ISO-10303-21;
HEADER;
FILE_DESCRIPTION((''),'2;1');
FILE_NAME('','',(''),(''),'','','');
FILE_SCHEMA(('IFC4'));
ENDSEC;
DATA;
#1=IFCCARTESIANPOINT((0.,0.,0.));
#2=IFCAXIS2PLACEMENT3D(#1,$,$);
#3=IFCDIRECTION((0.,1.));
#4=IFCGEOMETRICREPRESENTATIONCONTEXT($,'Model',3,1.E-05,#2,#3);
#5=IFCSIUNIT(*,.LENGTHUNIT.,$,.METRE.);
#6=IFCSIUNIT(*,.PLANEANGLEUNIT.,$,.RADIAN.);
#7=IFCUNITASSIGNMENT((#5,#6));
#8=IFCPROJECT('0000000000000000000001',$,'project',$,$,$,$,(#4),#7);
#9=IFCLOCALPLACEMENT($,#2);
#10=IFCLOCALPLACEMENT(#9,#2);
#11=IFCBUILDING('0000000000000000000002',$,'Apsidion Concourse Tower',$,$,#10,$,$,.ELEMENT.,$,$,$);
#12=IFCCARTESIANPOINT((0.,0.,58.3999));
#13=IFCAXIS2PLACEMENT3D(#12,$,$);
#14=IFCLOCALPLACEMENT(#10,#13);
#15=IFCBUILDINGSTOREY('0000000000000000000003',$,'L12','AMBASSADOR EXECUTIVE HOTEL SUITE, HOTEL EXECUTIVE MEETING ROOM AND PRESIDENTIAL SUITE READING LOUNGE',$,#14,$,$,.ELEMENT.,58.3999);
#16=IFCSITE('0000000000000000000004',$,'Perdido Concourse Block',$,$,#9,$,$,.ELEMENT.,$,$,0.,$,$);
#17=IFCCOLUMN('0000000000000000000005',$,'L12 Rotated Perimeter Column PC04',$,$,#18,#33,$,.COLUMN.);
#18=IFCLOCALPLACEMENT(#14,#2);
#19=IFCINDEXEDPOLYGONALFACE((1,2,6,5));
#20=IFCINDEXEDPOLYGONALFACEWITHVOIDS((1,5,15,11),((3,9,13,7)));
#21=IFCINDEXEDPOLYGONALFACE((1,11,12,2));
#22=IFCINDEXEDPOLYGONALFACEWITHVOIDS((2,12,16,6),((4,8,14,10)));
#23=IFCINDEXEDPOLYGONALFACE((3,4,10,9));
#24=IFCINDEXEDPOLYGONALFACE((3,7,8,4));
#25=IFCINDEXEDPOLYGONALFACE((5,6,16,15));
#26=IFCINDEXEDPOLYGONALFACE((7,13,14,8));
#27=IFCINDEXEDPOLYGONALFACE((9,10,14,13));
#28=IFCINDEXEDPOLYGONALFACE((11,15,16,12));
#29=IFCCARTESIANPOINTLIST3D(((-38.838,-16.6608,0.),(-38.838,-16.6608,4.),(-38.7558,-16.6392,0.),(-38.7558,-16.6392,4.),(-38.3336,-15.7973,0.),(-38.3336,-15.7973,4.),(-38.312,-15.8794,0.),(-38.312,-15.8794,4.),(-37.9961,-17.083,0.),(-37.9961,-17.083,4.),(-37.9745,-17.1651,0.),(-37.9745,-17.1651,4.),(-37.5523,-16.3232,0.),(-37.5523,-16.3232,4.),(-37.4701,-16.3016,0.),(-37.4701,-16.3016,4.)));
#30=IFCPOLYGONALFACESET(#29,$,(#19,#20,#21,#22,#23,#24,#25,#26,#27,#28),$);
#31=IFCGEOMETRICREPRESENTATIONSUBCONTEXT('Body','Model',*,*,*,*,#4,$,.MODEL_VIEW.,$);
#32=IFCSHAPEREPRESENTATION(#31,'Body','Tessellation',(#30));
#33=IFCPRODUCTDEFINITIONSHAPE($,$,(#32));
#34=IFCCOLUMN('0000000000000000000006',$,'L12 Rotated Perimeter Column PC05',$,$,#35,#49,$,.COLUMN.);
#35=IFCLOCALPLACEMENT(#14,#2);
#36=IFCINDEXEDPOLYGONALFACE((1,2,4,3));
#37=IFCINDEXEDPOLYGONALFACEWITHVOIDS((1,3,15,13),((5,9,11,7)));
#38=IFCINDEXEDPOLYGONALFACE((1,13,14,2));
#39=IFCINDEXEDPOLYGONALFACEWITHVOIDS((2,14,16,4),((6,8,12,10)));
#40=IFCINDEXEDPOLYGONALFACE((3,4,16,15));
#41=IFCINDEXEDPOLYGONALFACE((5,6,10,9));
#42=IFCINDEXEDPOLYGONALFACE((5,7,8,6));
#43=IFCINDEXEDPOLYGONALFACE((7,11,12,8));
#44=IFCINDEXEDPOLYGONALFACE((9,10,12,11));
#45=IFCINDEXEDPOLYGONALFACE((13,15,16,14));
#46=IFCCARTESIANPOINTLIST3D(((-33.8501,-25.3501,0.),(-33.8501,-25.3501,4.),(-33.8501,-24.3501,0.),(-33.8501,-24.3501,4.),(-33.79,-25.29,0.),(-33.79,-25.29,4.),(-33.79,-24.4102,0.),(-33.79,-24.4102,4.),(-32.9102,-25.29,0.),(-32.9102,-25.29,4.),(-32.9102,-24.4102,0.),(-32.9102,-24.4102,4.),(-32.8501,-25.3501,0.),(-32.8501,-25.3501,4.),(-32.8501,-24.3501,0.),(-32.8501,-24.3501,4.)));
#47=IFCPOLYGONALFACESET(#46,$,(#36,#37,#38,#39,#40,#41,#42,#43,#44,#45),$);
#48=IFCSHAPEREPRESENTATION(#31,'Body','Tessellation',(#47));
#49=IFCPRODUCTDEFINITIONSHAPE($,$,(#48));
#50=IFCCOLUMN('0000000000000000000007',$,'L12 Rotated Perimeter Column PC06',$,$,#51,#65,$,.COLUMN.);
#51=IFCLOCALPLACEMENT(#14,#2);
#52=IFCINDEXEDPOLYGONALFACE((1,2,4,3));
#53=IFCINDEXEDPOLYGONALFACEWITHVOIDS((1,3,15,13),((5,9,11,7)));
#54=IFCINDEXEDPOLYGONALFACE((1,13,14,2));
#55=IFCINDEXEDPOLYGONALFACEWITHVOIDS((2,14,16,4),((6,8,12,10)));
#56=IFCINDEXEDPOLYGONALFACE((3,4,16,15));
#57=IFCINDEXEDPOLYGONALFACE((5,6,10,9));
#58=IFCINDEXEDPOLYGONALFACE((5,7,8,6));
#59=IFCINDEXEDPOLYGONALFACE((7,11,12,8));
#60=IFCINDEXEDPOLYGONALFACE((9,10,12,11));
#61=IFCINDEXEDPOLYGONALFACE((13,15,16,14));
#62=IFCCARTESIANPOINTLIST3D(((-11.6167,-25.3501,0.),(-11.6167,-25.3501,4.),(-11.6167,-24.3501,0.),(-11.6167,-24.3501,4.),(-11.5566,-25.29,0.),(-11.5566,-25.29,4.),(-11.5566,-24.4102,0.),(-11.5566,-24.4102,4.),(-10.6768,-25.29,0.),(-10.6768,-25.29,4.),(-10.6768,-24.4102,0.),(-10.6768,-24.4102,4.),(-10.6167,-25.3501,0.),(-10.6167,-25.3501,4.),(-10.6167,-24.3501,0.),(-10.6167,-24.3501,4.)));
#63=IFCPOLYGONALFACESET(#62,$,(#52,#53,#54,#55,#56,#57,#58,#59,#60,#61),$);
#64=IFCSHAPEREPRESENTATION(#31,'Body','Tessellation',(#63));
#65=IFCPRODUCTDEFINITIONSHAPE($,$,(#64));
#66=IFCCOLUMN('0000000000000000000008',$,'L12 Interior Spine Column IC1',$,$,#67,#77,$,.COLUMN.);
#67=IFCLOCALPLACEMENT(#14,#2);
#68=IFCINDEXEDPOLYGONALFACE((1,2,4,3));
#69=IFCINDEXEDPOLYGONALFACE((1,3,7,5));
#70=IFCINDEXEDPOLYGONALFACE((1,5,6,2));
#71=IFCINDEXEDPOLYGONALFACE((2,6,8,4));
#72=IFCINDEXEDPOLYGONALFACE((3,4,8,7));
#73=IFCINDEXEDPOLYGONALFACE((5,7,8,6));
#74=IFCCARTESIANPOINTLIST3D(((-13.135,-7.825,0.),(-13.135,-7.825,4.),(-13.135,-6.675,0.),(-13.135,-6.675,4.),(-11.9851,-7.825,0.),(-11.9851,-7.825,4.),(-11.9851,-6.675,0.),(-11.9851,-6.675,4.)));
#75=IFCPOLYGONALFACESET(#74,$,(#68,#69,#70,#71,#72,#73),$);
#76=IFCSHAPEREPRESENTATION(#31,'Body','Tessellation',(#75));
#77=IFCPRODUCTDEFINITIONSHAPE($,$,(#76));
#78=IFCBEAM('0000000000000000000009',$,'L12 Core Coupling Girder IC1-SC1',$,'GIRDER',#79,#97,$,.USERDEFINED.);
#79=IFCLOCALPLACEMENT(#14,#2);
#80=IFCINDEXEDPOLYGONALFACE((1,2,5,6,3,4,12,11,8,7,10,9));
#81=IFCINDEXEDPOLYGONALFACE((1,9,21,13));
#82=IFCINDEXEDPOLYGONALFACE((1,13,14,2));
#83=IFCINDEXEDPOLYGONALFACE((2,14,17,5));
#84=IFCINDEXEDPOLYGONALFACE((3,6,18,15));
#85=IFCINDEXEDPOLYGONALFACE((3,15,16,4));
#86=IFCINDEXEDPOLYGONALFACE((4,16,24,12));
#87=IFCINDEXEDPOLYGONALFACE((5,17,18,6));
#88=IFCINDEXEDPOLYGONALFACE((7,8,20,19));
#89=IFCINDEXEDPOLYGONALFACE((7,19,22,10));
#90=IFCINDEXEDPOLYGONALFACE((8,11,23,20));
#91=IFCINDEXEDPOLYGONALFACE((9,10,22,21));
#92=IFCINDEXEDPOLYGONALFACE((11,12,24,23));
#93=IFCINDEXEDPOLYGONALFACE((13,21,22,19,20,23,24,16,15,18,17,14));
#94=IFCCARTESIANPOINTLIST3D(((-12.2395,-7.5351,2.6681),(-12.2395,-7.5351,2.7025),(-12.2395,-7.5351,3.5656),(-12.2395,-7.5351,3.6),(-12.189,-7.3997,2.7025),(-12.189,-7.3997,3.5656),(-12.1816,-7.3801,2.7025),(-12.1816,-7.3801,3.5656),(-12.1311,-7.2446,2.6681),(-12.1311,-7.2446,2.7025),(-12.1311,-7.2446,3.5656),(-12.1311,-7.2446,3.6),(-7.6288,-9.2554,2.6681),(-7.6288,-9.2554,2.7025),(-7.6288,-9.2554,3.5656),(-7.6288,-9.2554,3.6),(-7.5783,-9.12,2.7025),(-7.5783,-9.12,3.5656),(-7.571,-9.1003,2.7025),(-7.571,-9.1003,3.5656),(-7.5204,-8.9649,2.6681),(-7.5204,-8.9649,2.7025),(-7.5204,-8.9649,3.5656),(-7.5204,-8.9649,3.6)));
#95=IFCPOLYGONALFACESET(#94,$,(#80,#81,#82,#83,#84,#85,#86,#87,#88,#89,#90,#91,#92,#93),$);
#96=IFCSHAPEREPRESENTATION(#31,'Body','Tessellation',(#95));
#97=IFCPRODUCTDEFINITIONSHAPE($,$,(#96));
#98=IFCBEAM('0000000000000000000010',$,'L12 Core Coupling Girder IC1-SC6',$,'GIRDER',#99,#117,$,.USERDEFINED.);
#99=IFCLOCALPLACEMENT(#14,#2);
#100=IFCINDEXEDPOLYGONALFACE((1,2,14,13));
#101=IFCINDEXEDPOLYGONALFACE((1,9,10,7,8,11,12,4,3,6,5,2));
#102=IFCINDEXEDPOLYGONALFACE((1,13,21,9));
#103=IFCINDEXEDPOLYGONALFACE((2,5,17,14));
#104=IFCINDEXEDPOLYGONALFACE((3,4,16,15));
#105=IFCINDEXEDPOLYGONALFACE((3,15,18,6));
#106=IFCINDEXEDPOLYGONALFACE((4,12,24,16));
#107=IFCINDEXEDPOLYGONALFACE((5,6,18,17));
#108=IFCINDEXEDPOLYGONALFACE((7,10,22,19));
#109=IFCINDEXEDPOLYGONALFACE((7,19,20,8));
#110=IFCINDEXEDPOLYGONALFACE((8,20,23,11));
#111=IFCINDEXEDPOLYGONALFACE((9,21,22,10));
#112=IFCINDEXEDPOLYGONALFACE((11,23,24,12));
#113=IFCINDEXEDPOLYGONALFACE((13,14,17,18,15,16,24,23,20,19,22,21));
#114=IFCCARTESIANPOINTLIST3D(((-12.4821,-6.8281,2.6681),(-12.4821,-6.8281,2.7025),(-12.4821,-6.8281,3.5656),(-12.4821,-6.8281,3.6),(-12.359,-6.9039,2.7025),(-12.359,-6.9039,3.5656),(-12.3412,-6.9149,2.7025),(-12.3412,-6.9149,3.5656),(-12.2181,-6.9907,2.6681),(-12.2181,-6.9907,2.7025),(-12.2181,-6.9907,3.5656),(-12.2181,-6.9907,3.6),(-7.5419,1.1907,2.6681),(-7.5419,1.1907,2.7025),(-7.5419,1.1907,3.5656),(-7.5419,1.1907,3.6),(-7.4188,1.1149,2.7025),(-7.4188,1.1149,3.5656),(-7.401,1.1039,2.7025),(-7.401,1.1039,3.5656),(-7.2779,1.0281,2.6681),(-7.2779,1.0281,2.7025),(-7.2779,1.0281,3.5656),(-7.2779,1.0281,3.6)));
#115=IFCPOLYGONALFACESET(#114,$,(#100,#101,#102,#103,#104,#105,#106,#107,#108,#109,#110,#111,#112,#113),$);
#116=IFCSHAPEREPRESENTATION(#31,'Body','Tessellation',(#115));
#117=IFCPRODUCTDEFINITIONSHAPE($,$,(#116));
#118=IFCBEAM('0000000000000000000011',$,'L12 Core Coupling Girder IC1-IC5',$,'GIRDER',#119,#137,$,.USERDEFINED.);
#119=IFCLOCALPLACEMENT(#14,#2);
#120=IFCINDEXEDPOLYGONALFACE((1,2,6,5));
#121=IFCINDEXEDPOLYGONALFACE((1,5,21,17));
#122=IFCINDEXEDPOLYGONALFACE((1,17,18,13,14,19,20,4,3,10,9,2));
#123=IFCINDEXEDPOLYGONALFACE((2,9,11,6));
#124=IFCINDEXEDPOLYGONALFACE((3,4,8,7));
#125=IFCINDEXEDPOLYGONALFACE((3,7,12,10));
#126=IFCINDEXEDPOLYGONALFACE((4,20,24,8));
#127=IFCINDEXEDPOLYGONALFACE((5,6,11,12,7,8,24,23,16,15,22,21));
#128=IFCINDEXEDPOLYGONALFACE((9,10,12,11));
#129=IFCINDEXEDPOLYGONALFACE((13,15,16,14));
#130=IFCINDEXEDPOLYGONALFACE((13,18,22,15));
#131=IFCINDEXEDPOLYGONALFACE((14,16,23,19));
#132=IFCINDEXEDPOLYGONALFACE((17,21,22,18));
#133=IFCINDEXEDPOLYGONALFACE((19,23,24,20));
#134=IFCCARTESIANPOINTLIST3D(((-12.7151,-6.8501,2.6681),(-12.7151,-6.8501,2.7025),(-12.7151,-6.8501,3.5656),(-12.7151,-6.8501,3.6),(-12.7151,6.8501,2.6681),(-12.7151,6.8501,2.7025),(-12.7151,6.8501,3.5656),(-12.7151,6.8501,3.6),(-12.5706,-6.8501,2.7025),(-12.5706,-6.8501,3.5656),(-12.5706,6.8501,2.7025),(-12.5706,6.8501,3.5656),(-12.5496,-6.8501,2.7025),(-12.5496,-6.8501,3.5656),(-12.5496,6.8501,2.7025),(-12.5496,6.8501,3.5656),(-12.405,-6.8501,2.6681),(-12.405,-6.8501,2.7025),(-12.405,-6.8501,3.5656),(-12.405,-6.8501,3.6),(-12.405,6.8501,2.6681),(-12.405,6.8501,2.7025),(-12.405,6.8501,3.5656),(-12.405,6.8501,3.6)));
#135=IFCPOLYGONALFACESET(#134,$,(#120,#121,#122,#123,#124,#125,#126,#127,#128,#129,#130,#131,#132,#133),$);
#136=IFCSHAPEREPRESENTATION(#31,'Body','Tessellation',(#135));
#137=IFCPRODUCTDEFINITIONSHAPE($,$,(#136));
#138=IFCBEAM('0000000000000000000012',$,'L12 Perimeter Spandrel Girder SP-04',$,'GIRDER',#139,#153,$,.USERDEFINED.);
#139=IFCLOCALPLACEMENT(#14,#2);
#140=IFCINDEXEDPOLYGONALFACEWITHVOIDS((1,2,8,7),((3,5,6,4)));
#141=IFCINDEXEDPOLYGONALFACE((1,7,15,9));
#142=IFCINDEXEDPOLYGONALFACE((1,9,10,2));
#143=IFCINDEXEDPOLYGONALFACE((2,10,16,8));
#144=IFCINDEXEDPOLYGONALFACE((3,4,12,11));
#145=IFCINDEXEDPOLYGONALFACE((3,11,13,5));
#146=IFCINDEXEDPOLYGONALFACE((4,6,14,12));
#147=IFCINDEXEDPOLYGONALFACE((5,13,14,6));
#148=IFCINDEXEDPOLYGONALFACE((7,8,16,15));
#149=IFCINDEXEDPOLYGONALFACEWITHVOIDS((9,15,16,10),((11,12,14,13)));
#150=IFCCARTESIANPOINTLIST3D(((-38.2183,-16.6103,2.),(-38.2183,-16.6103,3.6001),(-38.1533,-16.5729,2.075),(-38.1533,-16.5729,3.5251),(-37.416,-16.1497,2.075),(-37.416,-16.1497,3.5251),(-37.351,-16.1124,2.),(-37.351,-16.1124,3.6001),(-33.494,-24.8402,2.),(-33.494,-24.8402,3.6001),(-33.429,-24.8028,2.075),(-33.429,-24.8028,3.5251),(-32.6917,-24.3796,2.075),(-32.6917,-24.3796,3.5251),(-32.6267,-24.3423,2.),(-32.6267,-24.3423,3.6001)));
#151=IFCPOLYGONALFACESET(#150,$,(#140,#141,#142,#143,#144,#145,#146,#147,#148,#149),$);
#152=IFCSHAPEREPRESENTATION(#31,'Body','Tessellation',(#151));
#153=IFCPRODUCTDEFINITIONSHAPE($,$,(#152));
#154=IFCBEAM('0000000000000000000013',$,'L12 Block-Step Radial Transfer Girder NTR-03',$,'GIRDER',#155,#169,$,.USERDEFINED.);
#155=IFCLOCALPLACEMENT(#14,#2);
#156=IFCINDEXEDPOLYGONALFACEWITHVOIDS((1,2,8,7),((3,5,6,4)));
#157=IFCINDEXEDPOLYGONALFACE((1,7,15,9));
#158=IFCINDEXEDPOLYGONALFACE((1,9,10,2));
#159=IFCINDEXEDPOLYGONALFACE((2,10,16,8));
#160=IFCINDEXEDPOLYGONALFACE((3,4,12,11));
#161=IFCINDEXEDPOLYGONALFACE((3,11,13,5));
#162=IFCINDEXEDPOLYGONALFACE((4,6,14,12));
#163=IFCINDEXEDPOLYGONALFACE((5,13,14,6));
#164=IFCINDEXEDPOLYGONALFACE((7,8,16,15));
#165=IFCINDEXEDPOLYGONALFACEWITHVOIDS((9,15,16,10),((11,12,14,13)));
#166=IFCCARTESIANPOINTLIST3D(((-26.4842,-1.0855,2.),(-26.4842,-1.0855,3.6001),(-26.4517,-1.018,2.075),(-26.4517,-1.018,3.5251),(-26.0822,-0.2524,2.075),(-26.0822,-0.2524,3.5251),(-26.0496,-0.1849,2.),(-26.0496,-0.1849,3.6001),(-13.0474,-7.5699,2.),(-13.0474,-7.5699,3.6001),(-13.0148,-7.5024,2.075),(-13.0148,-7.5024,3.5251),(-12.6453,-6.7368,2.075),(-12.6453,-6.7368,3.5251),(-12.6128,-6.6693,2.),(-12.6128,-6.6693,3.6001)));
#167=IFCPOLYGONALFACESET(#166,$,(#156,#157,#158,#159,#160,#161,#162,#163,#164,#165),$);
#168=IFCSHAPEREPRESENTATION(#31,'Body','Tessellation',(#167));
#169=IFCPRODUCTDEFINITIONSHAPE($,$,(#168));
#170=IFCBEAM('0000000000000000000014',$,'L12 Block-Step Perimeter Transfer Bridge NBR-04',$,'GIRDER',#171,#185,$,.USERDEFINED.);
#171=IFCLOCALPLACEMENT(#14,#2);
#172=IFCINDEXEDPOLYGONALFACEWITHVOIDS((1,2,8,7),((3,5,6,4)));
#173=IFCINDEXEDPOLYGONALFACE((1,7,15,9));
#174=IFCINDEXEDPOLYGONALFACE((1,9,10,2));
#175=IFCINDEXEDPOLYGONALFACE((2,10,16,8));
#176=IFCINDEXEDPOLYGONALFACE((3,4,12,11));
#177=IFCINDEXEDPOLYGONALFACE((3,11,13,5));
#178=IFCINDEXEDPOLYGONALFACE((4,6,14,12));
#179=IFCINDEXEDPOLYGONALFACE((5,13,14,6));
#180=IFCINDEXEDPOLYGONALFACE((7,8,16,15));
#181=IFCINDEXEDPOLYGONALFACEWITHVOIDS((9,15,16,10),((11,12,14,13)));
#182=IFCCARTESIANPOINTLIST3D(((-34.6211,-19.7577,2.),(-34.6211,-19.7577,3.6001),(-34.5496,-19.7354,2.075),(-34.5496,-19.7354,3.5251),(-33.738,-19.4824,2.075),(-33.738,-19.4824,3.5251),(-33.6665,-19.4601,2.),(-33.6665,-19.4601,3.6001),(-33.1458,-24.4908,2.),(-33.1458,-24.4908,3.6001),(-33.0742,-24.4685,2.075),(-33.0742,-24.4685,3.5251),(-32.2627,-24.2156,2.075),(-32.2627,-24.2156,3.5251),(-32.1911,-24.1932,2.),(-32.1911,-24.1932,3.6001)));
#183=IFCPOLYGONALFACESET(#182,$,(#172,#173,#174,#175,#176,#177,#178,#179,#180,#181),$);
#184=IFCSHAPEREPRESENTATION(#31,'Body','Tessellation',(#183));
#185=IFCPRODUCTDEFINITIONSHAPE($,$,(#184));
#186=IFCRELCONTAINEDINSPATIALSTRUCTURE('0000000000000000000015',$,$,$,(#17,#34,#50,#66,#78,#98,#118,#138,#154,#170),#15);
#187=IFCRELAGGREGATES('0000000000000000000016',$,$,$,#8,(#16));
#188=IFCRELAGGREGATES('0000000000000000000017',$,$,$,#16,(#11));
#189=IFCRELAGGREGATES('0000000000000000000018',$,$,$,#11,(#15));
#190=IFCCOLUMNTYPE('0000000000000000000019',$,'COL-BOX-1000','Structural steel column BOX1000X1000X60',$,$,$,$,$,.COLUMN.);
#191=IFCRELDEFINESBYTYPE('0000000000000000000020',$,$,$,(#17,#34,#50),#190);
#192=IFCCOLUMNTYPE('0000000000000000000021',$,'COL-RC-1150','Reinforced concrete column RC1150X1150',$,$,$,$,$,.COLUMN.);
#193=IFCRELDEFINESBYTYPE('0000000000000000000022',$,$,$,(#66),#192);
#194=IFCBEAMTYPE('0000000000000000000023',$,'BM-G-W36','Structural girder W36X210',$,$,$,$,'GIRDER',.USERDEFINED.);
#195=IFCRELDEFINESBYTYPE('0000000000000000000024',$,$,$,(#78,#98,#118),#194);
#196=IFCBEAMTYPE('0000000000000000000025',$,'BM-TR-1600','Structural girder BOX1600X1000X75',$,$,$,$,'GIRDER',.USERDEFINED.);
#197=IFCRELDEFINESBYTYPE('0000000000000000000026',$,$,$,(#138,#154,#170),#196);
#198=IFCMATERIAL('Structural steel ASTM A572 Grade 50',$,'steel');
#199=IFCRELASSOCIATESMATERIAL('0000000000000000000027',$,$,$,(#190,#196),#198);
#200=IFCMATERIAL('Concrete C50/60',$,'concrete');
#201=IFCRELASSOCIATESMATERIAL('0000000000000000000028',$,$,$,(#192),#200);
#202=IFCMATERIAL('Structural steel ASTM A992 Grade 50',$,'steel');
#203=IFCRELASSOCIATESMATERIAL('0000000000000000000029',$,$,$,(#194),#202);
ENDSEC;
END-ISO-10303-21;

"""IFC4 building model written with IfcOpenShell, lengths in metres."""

from ifc_helpers import new_model, si_unit, direction, frame, origin, origin_2d, place, context, subcontext, project, spatial, rectangle, hollow_rectangle, i_section, extrude, material, material_profile, profile_set, type_object, element, save


model = new_model("IFC4")

# Units and contexts
model_context = context("Model", 3, precision=1e-05, world=origin(), true_north=direction((0.0, 1.0)))
body_context = subcontext(model_context, "Body", "Model", "MODEL_VIEW")
ifc_project = project(units=[si_unit("LENGTHUNIT", "METRE"), si_unit("PLANEANGLEUNIT", "RADIAN")], contexts=[model_context])

# Site, building, storey
site_placement = place(None, origin())
site = spatial("IfcSite", under=ifc_project, at=site_placement, Name="Perdido Concourse Block", CompositionType="ELEMENT", RefElevation=0.0)
building_placement = place(site_placement, origin())
building = spatial("IfcBuilding", under=site, at=building_placement, Name="Apsidion Concourse Tower", CompositionType="ELEMENT")
storey_placement = place(building_placement, frame((0.0, 0.0, 58.3999)))
storey = spatial("IfcBuildingStorey", under=building, at=storey_placement, Name="L12", Description="AMBASSADOR EXECUTIVE HOTEL SUITE, HOTEL EXECUTIVE MEETING ROOM AND PRESIDENTIAL SUITE READING LOUNGE", CompositionType="ELEMENT", Elevation=58.3999)

# Columns
ifc_material_1 = material(Name="Structural steel ASTM A572 Grade 50", Category="steel")
ifc_material_profile_1 = material_profile(ifc_material_1, hollow_rectangle(XDim=1.0, YDim=1.0, WallThickness=0.0601, at=origin_2d()), Name="BOX1000X1000X60")
ifc_profile_set_1 = profile_set([ifc_material_profile_1], Name="Structural steel ASTM A572 Grade 50")
column_type_1 = type_object("IfcColumnType", Name="COL-BOX-1000", Description="Structural steel column BOX1000X1000X60", PredefinedType="COLUMN", material=ifc_profile_set_1)
for number, where, z_axis, x_axis, name in (
    (1, (-38.1541, -16.4812, 0.0), (0.0, 0.0, 1.0), (0.504377, 0.863484, 0.0), "L12 Rotated Perimeter Column PC04"),
    (2, (-33.3501, -24.8501, 0.0), (0.0, 0.0, 1.0), (1.0, 0.0, 0.0), "L12 Rotated Perimeter Column PC05"),
    (3, (-11.1167, -24.8501, 0.0), (0.0, 0.0, 1.0), (1.0, 0.0, 0.0), "L12 Rotated Perimeter Column PC06"),
):
    element("IfcColumn", number, at=place(storey_placement, frame(where, z_axis=z_axis, x_axis=x_axis)), inside=storey, type_object=column_type_1, Name=name, PredefinedType="COLUMN", context=body_context, shape_type="SweptSolid", body=[
        extrude(hollow_rectangle(XDim=1.0, YDim=1.0, WallThickness=0.0601, at=origin_2d()), origin(), (0.0, 0.0, 1.0), 4.0),
    ])
ifc_material_2 = material(Name="Concrete C50/60", Category="concrete")
ifc_material_profile_2 = material_profile(ifc_material_2, rectangle(XDim=1.1499, YDim=1.1499, at=origin_2d()), Name="RC 1150x1150")
ifc_profile_set_2 = profile_set([ifc_material_profile_2], Name="Concrete C50/60")
column_type_2 = type_object("IfcColumnType", Name="COL-RC-1150", Description="Reinforced concrete column RC1150X1150", PredefinedType="COLUMN", material=ifc_profile_set_2)
column_placement = place(storey_placement, frame((-12.5601, -7.25, 0.0), z_axis=(0.0, 0.0, 1.0), x_axis=(1.0, 0.0, 0.0)))
element("IfcColumn", 4, at=column_placement, inside=storey, type_object=column_type_2, Name="L12 Interior Spine Column IC1", PredefinedType="COLUMN", context=body_context, shape_type="SweptSolid", body=[
    extrude(rectangle(XDim=1.1499, YDim=1.1499, at=origin_2d()), origin(), (0.0, 0.0, 1.0), 4.0),
])

# Beams
ifc_material_3 = material(Name="Structural steel ASTM A992 Grade 50", Category="steel")
ifc_material_profile_3 = material_profile(ifc_material_3, i_section(OverallWidth=0.3101, OverallDepth=0.9319, WebThickness=0.021, FlangeThickness=0.0344, at=origin_2d()), Name="W36X210")
ifc_profile_set_3 = profile_set([ifc_material_profile_3], Name="Structural steel ASTM A992 Grade 50")
beam_type_1 = type_object("IfcBeamType", Name="BM-G-W36", Description="Structural girder W36X210", ElementType="GIRDER", PredefinedType="USERDEFINED", material=ifc_profile_set_3)
beam_1_placement = place(storey_placement, frame((-12.1853, -7.3899, 3.134), z_axis=(0.936913, -0.349563, 0.0), x_axis=(0.349563, 0.936913, 0.0)))
element("IfcBeam", 5, at=beam_1_placement, inside=storey, type_object=beam_type_1, Name="L12 Core Coupling Girder IC1-SC1", ObjectType="GIRDER", PredefinedType="USERDEFINED", context=body_context, shape_type="SweptSolid", body=[
    extrude(i_section(OverallWidth=0.3101, OverallDepth=0.9319, WebThickness=0.021, FlangeThickness=0.0344, at=origin_2d()), origin(), (0.0, 0.0, 1.0), 4.9211),
])
beam_2_placement = place(storey_placement, frame((-12.3501, -6.9094, 3.134), z_axis=(0.524524, 0.851396, 0.0), x_axis=(-0.851396, 0.524524, 0.0)))
element("IfcBeam", 6, at=beam_2_placement, inside=storey, type_object=beam_type_1, Name="L12 Core Coupling Girder IC1-SC6", ObjectType="GIRDER", PredefinedType="USERDEFINED", context=body_context, shape_type="SweptSolid", body=[
    extrude(i_section(OverallWidth=0.3101, OverallDepth=0.9319, WebThickness=0.021, FlangeThickness=0.0344, at=origin_2d()), origin(), (0.0, 0.0, 1.0), 9.4185),
])
beam_3_placement = place(storey_placement, frame((-12.5601, -6.8501, 3.134), z_axis=(0.0, 1.0, 0.0), x_axis=(-1.0, 0.0, 0.0)))
element("IfcBeam", 7, at=beam_3_placement, inside=storey, type_object=beam_type_1, Name="L12 Core Coupling Girder IC1-IC5", ObjectType="GIRDER", PredefinedType="USERDEFINED", context=body_context, shape_type="SweptSolid", body=[
    extrude(i_section(OverallWidth=0.3101, OverallDepth=0.9319, WebThickness=0.021, FlangeThickness=0.0344, at=origin_2d()), origin(), (0.0, 0.0, 1.0), 13.7002),
])
ifc_material_profile_4 = material_profile(ifc_material_1, hollow_rectangle(XDim=1.0, YDim=1.6001, WallThickness=0.075, at=origin_2d()), Name="BOX1600X1000X75")
ifc_profile_set_4 = profile_set([ifc_material_profile_4], Name="Structural steel ASTM A572 Grade 50")
beam_type_2 = type_object("IfcBeamType", Name="BM-TR-1600", Description="Structural girder BOX1600X1000X75", ElementType="GIRDER", PredefinedType="USERDEFINED", material=ifc_profile_set_4)
beam_4_placement = place(storey_placement, frame((-37.7847, -16.3613, 2.8), z_axis=(0.497847, -0.867265, 0.0), x_axis=(0.867265, 0.497847, 0.0)))
element("IfcBeam", 8, at=beam_4_placement, inside=storey, type_object=beam_type_2, Name="L12 Perimeter Spandrel Girder SP-04", ObjectType="GIRDER", PredefinedType="USERDEFINED", context=body_context, shape_type="SweptSolid", body=[
    extrude(hollow_rectangle(XDim=1.0, YDim=1.6001, WallThickness=0.075, at=origin_2d()), origin(), (0.0, 0.0, 1.0), 9.4895),
])
beam_5_placement = place(storey_placement, frame((-12.8301, -7.1196, 2.8), z_axis=(-0.900613, 0.434622, 0.0), x_axis=(-0.434622, -0.900613, 0.0)))
element("IfcBeam", 9, at=beam_5_placement, inside=storey, type_object=beam_type_2, Name="L12 Block-Step Radial Transfer Girder NTR-03", ObjectType="GIRDER", PredefinedType="USERDEFINED", context=body_context, shape_type="SweptSolid", body=[
    extrude(hollow_rectangle(XDim=1.0, YDim=1.6001, WallThickness=0.075, at=origin_2d()), origin(), (0.0, 0.0, 1.0), 14.9197),
])
beam_6_placement = place(storey_placement, frame((-32.6685, -24.342, 2.8), z_axis=(-0.297582, 0.954696, 0.0), x_axis=(-0.954696, -0.297582, 0.0)))
element("IfcBeam", 10, at=beam_6_placement, inside=storey, type_object=beam_type_2, Name="L12 Block-Step Perimeter Transfer Bridge NBR-04", ObjectType="GIRDER", PredefinedType="USERDEFINED", context=body_context, shape_type="SweptSolid", body=[
    extrude(hollow_rectangle(XDim=1.0, YDim=1.6001, WallThickness=0.075, at=origin_2d()), origin(), (0.0, 0.0, 1.0), 4.9578),
])

save(model, "model.ifc")
